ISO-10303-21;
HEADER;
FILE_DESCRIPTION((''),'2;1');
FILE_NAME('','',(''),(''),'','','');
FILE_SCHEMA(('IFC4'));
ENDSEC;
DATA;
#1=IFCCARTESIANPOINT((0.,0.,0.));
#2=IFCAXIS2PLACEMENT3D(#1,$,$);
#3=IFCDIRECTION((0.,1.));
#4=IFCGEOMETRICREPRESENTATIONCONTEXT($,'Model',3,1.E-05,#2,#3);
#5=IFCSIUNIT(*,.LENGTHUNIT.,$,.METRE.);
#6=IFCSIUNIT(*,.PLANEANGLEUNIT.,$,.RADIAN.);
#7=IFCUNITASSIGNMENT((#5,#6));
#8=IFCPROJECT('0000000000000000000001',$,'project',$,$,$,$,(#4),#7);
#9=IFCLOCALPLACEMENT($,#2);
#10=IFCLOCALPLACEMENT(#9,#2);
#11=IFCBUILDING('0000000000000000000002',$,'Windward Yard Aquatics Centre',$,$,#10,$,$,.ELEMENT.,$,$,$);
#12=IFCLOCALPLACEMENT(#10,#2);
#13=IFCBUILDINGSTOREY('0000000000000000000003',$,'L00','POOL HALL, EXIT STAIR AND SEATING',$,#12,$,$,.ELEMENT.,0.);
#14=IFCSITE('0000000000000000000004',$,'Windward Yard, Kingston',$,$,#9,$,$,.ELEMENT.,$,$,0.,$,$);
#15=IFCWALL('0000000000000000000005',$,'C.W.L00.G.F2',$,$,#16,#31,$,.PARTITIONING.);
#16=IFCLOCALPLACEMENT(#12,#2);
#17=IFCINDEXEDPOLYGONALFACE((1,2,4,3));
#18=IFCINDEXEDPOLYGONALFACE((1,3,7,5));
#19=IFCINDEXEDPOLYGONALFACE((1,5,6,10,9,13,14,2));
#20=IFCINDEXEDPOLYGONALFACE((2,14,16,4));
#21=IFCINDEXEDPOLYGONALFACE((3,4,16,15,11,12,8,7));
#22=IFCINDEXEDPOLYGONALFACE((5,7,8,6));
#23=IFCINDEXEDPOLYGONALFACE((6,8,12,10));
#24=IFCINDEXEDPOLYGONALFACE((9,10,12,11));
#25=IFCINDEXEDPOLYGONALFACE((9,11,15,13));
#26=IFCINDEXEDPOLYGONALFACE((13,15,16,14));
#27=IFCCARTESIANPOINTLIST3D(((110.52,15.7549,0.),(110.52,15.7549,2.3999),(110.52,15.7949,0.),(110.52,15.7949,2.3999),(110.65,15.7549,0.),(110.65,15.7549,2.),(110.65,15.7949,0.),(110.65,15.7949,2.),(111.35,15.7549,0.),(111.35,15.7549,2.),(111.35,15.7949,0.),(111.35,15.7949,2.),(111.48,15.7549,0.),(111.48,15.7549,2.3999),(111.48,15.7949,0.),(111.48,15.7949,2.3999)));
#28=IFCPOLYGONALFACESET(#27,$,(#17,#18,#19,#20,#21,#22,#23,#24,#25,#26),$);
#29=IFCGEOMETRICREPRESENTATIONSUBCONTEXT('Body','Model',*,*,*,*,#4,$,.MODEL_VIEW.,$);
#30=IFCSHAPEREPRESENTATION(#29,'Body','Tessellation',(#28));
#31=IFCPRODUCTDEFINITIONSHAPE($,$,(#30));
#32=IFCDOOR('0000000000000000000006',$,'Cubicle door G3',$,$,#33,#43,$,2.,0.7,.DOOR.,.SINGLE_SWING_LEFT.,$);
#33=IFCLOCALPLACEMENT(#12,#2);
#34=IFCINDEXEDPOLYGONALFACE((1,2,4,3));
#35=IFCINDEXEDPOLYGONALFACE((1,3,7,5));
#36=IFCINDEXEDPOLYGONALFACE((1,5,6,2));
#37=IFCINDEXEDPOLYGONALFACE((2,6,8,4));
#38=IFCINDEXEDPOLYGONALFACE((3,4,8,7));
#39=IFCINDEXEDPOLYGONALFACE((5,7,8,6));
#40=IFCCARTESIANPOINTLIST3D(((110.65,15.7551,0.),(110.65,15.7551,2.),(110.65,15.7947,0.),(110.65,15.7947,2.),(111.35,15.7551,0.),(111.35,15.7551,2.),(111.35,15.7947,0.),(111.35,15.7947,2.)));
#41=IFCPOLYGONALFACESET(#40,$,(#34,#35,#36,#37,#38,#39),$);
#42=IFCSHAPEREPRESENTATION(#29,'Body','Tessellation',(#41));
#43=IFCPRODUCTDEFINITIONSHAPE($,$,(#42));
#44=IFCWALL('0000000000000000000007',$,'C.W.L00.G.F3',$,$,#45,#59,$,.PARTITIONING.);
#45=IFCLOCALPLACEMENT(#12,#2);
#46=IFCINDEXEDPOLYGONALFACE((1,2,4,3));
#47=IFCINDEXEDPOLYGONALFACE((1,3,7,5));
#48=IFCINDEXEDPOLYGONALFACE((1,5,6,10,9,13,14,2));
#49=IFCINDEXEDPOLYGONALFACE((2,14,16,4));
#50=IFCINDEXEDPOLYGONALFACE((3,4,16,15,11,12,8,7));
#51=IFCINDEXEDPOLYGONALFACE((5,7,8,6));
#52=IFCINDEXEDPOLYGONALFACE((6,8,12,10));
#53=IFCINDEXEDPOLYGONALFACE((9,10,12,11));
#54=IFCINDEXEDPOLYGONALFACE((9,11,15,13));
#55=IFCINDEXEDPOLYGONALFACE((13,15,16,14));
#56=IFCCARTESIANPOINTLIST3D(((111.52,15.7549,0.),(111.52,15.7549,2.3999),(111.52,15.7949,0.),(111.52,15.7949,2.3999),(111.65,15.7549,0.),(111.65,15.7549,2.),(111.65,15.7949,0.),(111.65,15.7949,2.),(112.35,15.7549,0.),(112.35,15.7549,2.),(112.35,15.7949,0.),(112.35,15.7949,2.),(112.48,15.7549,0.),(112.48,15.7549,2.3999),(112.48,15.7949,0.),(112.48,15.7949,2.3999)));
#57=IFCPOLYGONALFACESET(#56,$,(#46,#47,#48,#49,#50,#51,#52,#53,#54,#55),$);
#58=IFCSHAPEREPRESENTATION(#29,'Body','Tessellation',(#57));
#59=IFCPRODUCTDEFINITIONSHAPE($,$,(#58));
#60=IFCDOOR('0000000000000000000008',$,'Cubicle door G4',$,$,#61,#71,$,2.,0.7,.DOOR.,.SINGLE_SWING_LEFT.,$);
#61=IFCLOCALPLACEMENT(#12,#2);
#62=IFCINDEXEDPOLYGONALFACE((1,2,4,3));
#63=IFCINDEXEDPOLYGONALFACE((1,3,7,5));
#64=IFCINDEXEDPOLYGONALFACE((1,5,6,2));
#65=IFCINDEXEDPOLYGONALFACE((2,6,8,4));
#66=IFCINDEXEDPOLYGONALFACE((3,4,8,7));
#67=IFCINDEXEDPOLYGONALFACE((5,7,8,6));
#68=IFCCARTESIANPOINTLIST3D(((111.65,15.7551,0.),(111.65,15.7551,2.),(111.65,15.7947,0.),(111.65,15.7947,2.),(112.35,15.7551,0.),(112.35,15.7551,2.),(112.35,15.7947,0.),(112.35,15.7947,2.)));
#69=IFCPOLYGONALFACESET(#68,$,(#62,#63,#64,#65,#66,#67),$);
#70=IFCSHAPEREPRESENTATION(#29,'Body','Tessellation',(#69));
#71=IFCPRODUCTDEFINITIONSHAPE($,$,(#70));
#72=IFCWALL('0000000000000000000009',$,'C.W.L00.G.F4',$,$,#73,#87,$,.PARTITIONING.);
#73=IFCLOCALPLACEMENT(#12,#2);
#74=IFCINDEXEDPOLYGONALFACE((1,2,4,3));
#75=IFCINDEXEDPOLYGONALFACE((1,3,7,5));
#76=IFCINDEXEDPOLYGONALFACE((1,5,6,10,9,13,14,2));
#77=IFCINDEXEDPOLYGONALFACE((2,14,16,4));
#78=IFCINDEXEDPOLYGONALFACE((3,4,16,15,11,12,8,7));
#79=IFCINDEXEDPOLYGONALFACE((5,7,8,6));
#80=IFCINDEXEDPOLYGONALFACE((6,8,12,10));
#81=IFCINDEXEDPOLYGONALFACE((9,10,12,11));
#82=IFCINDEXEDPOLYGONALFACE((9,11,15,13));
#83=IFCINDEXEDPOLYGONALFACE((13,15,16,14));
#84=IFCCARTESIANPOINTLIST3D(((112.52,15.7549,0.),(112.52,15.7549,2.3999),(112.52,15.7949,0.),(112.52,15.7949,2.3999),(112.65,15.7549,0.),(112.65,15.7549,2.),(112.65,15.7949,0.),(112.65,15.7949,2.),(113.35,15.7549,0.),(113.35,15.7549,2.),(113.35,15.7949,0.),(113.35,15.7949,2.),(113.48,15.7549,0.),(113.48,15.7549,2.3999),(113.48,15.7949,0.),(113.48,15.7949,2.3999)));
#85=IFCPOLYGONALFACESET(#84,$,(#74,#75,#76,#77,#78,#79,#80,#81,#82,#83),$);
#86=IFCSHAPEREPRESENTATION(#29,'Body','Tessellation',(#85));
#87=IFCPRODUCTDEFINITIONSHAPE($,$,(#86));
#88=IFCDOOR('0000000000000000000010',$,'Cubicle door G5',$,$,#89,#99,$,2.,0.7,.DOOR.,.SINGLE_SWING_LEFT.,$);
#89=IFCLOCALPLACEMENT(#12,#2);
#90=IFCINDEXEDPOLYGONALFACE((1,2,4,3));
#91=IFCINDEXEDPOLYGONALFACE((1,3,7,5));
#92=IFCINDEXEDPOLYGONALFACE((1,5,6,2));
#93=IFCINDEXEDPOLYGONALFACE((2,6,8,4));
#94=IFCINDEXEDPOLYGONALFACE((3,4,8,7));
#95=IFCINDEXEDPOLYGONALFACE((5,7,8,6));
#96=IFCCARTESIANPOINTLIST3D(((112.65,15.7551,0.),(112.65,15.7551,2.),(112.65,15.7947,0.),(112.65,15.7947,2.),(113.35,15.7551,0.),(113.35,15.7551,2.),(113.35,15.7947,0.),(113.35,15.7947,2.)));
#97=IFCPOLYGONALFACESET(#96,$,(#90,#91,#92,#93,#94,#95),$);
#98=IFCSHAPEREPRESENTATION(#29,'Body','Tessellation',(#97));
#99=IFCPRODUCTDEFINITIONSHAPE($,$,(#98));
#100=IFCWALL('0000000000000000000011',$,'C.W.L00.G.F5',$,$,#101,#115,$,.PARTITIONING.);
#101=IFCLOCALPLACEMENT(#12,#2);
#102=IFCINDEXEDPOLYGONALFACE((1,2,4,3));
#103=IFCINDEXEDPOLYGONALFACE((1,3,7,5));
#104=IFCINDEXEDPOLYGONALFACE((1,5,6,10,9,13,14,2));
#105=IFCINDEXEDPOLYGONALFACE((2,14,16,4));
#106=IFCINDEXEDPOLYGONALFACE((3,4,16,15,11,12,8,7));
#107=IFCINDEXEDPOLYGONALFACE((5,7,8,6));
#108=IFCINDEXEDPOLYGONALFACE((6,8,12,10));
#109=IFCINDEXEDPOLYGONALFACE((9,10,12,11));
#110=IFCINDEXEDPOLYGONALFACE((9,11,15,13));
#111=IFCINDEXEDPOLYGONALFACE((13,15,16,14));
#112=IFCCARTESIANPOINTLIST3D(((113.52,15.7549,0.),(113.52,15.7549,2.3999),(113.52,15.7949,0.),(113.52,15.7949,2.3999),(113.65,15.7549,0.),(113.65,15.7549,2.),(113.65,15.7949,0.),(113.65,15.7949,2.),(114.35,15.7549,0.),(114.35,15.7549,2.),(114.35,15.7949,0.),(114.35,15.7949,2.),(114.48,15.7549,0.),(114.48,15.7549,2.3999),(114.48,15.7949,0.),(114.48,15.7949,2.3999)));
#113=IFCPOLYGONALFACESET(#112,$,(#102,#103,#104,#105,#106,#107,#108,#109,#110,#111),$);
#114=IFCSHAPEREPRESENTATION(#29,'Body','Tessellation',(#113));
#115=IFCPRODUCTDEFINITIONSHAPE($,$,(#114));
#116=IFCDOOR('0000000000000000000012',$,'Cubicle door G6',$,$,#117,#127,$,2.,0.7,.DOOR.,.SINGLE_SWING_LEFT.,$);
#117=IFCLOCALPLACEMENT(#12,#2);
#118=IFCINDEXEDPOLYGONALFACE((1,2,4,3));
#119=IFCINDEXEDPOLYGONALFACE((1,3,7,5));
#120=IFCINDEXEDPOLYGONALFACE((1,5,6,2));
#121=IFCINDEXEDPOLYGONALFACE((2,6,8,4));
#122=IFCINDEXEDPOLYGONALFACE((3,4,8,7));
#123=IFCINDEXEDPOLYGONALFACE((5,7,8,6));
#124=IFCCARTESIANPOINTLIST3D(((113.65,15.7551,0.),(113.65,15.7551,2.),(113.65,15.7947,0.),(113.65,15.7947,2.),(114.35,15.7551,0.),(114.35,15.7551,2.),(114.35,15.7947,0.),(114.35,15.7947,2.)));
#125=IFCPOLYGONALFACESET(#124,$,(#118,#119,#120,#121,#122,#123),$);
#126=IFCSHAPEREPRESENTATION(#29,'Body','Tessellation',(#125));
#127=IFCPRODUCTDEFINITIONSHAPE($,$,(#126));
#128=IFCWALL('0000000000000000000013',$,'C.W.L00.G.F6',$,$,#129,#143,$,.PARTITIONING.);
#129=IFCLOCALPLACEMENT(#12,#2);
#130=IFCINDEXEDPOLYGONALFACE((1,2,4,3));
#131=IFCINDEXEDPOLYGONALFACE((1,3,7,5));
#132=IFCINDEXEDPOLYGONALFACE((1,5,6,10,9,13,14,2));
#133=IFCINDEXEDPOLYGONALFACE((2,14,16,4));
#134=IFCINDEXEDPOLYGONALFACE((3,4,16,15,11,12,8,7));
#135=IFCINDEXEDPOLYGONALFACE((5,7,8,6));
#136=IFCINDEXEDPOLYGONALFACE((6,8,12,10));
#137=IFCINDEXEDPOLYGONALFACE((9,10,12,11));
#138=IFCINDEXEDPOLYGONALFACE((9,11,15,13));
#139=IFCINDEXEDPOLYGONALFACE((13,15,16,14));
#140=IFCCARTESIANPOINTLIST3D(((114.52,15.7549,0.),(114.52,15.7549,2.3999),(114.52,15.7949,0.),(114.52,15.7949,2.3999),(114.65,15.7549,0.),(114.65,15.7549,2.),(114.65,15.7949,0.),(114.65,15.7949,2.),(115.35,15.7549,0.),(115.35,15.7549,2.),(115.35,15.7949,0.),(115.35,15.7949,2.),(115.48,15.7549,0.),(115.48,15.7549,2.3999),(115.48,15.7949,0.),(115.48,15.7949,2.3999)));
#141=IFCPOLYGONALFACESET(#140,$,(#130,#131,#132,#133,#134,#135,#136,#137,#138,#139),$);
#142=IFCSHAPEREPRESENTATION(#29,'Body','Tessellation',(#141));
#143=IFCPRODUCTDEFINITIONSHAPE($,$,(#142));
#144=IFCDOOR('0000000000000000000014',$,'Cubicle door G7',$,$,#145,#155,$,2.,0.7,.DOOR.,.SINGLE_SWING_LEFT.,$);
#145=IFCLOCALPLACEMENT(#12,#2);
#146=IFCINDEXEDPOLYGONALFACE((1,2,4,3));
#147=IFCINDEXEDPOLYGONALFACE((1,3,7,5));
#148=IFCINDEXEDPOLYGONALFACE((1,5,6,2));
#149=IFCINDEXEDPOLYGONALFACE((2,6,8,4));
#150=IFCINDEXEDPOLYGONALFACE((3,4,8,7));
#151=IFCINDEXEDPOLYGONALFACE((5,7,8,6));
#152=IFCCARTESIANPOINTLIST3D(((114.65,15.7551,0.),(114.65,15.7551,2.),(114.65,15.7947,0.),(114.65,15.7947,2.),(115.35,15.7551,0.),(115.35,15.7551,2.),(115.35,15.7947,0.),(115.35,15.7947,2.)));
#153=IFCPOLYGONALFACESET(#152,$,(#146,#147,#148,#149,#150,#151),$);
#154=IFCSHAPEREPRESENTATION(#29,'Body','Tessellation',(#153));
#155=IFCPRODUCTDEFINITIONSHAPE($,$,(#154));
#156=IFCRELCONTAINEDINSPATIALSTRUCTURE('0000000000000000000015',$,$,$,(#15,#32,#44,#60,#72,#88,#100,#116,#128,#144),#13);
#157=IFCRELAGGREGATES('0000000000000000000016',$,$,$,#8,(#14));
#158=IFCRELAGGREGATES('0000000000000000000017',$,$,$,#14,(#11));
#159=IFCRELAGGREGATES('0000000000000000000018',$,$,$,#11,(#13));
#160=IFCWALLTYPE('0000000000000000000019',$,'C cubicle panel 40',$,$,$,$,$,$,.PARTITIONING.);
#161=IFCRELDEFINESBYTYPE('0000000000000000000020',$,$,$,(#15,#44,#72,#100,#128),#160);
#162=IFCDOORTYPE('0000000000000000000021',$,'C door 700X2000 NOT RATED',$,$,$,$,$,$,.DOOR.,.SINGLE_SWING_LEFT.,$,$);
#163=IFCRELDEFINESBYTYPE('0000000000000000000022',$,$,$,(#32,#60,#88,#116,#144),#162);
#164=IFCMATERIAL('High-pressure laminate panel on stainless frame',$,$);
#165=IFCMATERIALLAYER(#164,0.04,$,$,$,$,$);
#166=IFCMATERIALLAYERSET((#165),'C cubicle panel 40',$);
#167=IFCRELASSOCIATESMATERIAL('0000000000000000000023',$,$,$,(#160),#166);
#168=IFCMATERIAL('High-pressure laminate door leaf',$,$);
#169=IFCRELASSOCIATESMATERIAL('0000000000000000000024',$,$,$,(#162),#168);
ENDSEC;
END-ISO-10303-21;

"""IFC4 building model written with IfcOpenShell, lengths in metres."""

from ifc_helpers import new_model, si_unit, direction, frame, frame_2d, origin, place, context, subcontext, project, spatial, rectangle, extrude, material, layer, layer_set, type_object, element, fill, save


model = new_model("IFC4")

# Units and contexts
model_context = context("Model", 3, precision=1e-05, world=origin(), true_north=direction((0.0, 1.0)))
body_context = subcontext(model_context, "Body", "Model", "MODEL_VIEW")
ifc_project = project(units=[si_unit("LENGTHUNIT", "METRE"), si_unit("PLANEANGLEUNIT", "RADIAN")], contexts=[model_context])

# Site, building, storey
site_placement = place(None, origin())
site = spatial("IfcSite", under=ifc_project, at=site_placement, Name="Windward Yard, Kingston", CompositionType="ELEMENT", RefElevation=0.0)
building_placement = place(site_placement, origin())
building = spatial("IfcBuilding", under=site, at=building_placement, Name="Windward Yard Aquatics Centre", CompositionType="ELEMENT")
storey_placement = place(building_placement, origin())
storey = spatial("IfcBuildingStorey", under=building, at=storey_placement, Name="L00", Description="POOL HALL, EXIT STAIR AND SEATING", CompositionType="ELEMENT", Elevation=0.0)

# Shared definitions
ifc_material_1 = material(Name="High-pressure laminate panel on stainless frame")
ifc_layer = layer(ifc_material_1, 0.04)
ifc_layer_set = layer_set([ifc_layer], Name="C cubicle panel 40")
wall_type = type_object("IfcWallType", Name="C cubicle panel 40", PredefinedType="PARTITIONING", material=ifc_layer_set)

# Walls, openings, doors
ifc_material_2 = material(Name="High-pressure laminate door leaf")
door_type = type_object("IfcDoorType", Name="C door 700X2000 NOT RATED", OperationType="SINGLE_SWING_LEFT", PredefinedType="DOOR", material=ifc_material_2)
wall_1_placement = place(storey_placement, frame((110.52, 15.7749, 0.0), z_axis=(0.0, 0.0, 1.0), x_axis=(1.0, 0.0, 0.0)))
wall_1 = element("IfcWall", 1, at=wall_1_placement, inside=storey, type_object=wall_type, Name="C.W.L00.G.F2", PredefinedType="PARTITIONING", context=body_context, shape_type="SweptSolid", body=[
    extrude(rectangle(XDim=0.96, YDim=0.04, at=frame_2d((0.48, 0.0))), origin(), (0.0, 0.0, 1.0), 2.3999),
])
opening_1_placement = place(wall_1_placement, frame((0.1299, 0.0, 0.0)))
opening_1 = element("IfcOpeningElement", 2, at=opening_1_placement, cuts=wall_1, PredefinedType="OPENING", context=body_context, shape_type="SweptSolid", body=[
    extrude(rectangle(XDim=0.7, YDim=2.0, at=frame_2d((0.3501, 1.0))), frame((0.0, 0.03, 0.0), z_axis=(0.0, -1.0, 0.0), x_axis=(1.0, 0.0, 0.0)), (0.0, 0.0, 1.0), 0.0601),
])
door_1_placement = place(opening_1_placement, origin())
door_1 = element("IfcDoor", 3, at=door_1_placement, inside=storey, type_object=door_type, Name="Cubicle door G3", OperationType="SINGLE_SWING_LEFT", OverallHeight=2.0, OverallWidth=0.7, PredefinedType="DOOR", context=body_context, shape_type="SweptSolid", body=[
    extrude(rectangle(XDim=0.7, YDim=2.0, at=frame_2d((0.3501, 1.0))), frame((0.0, 0.0198, 0.0), z_axis=(0.0, -1.0, 0.0), x_axis=(1.0, 0.0, 0.0)), (0.0, 0.0, 1.0), 0.0396),
])
fill(opening_1, door_1)
wall_2_placement = place(storey_placement, frame((111.52, 15.7749, 0.0), z_axis=(0.0, 0.0, 1.0), x_axis=(1.0, 0.0, 0.0)))
wall_2 = element("IfcWall", 4, at=wall_2_placement, inside=storey, type_object=wall_type, Name="C.W.L00.G.F3", PredefinedType="PARTITIONING", context=body_context, shape_type="SweptSolid", body=[
    extrude(rectangle(XDim=0.96, YDim=0.04, at=frame_2d((0.48, 0.0))), origin(), (0.0, 0.0, 1.0), 2.3999),
])
opening_2_placement = place(wall_2_placement, frame((0.1299, 0.0, 0.0)))
opening_2 = element("IfcOpeningElement", 5, at=opening_2_placement, cuts=wall_2, PredefinedType="OPENING", context=body_context, shape_type="SweptSolid", body=[
    extrude(rectangle(XDim=0.7, YDim=2.0, at=frame_2d((0.3501, 1.0))), frame((0.0, 0.03, 0.0), z_axis=(0.0, -1.0, 0.0), x_axis=(1.0, 0.0, 0.0)), (0.0, 0.0, 1.0), 0.0601),
])
door_2_placement = place(opening_2_placement, origin())
door_2 = element("IfcDoor", 6, at=door_2_placement, inside=storey, type_object=door_type, Name="Cubicle door G4", OperationType="SINGLE_SWING_LEFT", OverallHeight=2.0, OverallWidth=0.7, PredefinedType="DOOR", context=body_context, shape_type="SweptSolid", body=[
    extrude(rectangle(XDim=0.7, YDim=2.0, at=frame_2d((0.3501, 1.0))), frame((0.0, 0.0198, 0.0), z_axis=(0.0, -1.0, 0.0), x_axis=(1.0, 0.0, 0.0)), (0.0, 0.0, 1.0), 0.0396),
])
fill(opening_2, door_2)
wall_3_placement = place(storey_placement, frame((112.52, 15.7749, 0.0), z_axis=(0.0, 0.0, 1.0), x_axis=(1.0, 0.0, 0.0)))
wall_3 = element("IfcWall", 7, at=wall_3_placement, inside=storey, type_object=wall_type, Name="C.W.L00.G.F4", PredefinedType="PARTITIONING", context=body_context, shape_type="SweptSolid", body=[
    extrude(rectangle(XDim=0.96, YDim=0.04, at=frame_2d((0.48, 0.0))), origin(), (0.0, 0.0, 1.0), 2.3999),
])
opening_3_placement = place(wall_3_placement, frame((0.1299, 0.0, 0.0)))
opening_3 = element("IfcOpeningElement", 8, at=opening_3_placement, cuts=wall_3, PredefinedType="OPENING", context=body_context, shape_type="SweptSolid", body=[
    extrude(rectangle(XDim=0.7, YDim=2.0, at=frame_2d((0.3501, 1.0))), frame((0.0, 0.03, 0.0), z_axis=(0.0, -1.0, 0.0), x_axis=(1.0, 0.0, 0.0)), (0.0, 0.0, 1.0), 0.0601),
])
door_3_placement = place(opening_3_placement, origin())
door_3 = element("IfcDoor", 9, at=door_3_placement, inside=storey, type_object=door_type, Name="Cubicle door G5", OperationType="SINGLE_SWING_LEFT", OverallHeight=2.0, OverallWidth=0.7, PredefinedType="DOOR", context=body_context, shape_type="SweptSolid", body=[
    extrude(rectangle(XDim=0.7, YDim=2.0, at=frame_2d((0.3501, 1.0))), frame((0.0, 0.0198, 0.0), z_axis=(0.0, -1.0, 0.0), x_axis=(1.0, 0.0, 0.0)), (0.0, 0.0, 1.0), 0.0396),
])
fill(opening_3, door_3)
wall_4_placement = place(storey_placement, frame((113.52, 15.7749, 0.0), z_axis=(0.0, 0.0, 1.0), x_axis=(1.0, 0.0, 0.0)))
wall_4 = element("IfcWall", 10, at=wall_4_placement, inside=storey, type_object=wall_type, Name="C.W.L00.G.F5", PredefinedType="PARTITIONING", context=body_context, shape_type="SweptSolid", body=[
    extrude(rectangle(XDim=0.96, YDim=0.04, at=frame_2d((0.48, 0.0))), origin(), (0.0, 0.0, 1.0), 2.3999),
])
opening_4_placement = place(wall_4_placement, frame((0.1299, 0.0, 0.0)))
opening_4 = element("IfcOpeningElement", 11, at=opening_4_placement, cuts=wall_4, PredefinedType="OPENING", context=body_context, shape_type="SweptSolid", body=[
    extrude(rectangle(XDim=0.7, YDim=2.0, at=frame_2d((0.3501, 1.0))), frame((0.0, 0.03, 0.0), z_axis=(0.0, -1.0, 0.0), x_axis=(1.0, 0.0, 0.0)), (0.0, 0.0, 1.0), 0.0601),
])
door_4_placement = place(opening_4_placement, origin())
door_4 = element("IfcDoor", 12, at=door_4_placement, inside=storey, type_object=door_type, Name="Cubicle door G6", OperationType="SINGLE_SWING_LEFT", OverallHeight=2.0, OverallWidth=0.7, PredefinedType="DOOR", context=body_context, shape_type="SweptSolid", body=[
    extrude(rectangle(XDim=0.7, YDim=2.0, at=frame_2d((0.3501, 1.0))), frame((0.0, 0.0198, 0.0), z_axis=(0.0, -1.0, 0.0), x_axis=(1.0, 0.0, 0.0)), (0.0, 0.0, 1.0), 0.0396),
])
fill(opening_4, door_4)
wall_5_placement = place(storey_placement, frame((114.52, 15.7749, 0.0), z_axis=(0.0, 0.0, 1.0), x_axis=(1.0, 0.0, 0.0)))
wall_5 = element("IfcWall", 13, at=wall_5_placement, inside=storey, type_object=wall_type, Name="C.W.L00.G.F6", PredefinedType="PARTITIONING", context=body_context, shape_type="SweptSolid", body=[
    extrude(rectangle(XDim=0.96, YDim=0.04, at=frame_2d((0.48, 0.0))), origin(), (0.0, 0.0, 1.0), 2.3999),
])
opening_5_placement = place(wall_5_placement, frame((0.1299, 0.0, 0.0)))
opening_5 = element("IfcOpeningElement", 14, at=opening_5_placement, cuts=wall_5, PredefinedType="OPENING", context=body_context, shape_type="SweptSolid", body=[
    extrude(rectangle(XDim=0.7, YDim=2.0, at=frame_2d((0.3501, 1.0))), frame((0.0, 0.03, 0.0), z_axis=(0.0, -1.0, 0.0), x_axis=(1.0, 0.0, 0.0)), (0.0, 0.0, 1.0), 0.0601),
])
door_5_placement = place(opening_5_placement, origin())
door_5 = element("IfcDoor", 15, at=door_5_placement, inside=storey, type_object=door_type, Name="Cubicle door G7", OperationType="SINGLE_SWING_LEFT", OverallHeight=2.0, OverallWidth=0.7, PredefinedType="DOOR", context=body_context, shape_type="SweptSolid", body=[
    extrude(rectangle(XDim=0.7, YDim=2.0, at=frame_2d((0.3501, 1.0))), frame((0.0, 0.0198, 0.0), z_axis=(0.0, -1.0, 0.0), x_axis=(1.0, 0.0, 0.0)), (0.0, 0.0, 1.0), 0.0396),
])
fill(opening_5, door_5)

save(model, "model.ifc")
